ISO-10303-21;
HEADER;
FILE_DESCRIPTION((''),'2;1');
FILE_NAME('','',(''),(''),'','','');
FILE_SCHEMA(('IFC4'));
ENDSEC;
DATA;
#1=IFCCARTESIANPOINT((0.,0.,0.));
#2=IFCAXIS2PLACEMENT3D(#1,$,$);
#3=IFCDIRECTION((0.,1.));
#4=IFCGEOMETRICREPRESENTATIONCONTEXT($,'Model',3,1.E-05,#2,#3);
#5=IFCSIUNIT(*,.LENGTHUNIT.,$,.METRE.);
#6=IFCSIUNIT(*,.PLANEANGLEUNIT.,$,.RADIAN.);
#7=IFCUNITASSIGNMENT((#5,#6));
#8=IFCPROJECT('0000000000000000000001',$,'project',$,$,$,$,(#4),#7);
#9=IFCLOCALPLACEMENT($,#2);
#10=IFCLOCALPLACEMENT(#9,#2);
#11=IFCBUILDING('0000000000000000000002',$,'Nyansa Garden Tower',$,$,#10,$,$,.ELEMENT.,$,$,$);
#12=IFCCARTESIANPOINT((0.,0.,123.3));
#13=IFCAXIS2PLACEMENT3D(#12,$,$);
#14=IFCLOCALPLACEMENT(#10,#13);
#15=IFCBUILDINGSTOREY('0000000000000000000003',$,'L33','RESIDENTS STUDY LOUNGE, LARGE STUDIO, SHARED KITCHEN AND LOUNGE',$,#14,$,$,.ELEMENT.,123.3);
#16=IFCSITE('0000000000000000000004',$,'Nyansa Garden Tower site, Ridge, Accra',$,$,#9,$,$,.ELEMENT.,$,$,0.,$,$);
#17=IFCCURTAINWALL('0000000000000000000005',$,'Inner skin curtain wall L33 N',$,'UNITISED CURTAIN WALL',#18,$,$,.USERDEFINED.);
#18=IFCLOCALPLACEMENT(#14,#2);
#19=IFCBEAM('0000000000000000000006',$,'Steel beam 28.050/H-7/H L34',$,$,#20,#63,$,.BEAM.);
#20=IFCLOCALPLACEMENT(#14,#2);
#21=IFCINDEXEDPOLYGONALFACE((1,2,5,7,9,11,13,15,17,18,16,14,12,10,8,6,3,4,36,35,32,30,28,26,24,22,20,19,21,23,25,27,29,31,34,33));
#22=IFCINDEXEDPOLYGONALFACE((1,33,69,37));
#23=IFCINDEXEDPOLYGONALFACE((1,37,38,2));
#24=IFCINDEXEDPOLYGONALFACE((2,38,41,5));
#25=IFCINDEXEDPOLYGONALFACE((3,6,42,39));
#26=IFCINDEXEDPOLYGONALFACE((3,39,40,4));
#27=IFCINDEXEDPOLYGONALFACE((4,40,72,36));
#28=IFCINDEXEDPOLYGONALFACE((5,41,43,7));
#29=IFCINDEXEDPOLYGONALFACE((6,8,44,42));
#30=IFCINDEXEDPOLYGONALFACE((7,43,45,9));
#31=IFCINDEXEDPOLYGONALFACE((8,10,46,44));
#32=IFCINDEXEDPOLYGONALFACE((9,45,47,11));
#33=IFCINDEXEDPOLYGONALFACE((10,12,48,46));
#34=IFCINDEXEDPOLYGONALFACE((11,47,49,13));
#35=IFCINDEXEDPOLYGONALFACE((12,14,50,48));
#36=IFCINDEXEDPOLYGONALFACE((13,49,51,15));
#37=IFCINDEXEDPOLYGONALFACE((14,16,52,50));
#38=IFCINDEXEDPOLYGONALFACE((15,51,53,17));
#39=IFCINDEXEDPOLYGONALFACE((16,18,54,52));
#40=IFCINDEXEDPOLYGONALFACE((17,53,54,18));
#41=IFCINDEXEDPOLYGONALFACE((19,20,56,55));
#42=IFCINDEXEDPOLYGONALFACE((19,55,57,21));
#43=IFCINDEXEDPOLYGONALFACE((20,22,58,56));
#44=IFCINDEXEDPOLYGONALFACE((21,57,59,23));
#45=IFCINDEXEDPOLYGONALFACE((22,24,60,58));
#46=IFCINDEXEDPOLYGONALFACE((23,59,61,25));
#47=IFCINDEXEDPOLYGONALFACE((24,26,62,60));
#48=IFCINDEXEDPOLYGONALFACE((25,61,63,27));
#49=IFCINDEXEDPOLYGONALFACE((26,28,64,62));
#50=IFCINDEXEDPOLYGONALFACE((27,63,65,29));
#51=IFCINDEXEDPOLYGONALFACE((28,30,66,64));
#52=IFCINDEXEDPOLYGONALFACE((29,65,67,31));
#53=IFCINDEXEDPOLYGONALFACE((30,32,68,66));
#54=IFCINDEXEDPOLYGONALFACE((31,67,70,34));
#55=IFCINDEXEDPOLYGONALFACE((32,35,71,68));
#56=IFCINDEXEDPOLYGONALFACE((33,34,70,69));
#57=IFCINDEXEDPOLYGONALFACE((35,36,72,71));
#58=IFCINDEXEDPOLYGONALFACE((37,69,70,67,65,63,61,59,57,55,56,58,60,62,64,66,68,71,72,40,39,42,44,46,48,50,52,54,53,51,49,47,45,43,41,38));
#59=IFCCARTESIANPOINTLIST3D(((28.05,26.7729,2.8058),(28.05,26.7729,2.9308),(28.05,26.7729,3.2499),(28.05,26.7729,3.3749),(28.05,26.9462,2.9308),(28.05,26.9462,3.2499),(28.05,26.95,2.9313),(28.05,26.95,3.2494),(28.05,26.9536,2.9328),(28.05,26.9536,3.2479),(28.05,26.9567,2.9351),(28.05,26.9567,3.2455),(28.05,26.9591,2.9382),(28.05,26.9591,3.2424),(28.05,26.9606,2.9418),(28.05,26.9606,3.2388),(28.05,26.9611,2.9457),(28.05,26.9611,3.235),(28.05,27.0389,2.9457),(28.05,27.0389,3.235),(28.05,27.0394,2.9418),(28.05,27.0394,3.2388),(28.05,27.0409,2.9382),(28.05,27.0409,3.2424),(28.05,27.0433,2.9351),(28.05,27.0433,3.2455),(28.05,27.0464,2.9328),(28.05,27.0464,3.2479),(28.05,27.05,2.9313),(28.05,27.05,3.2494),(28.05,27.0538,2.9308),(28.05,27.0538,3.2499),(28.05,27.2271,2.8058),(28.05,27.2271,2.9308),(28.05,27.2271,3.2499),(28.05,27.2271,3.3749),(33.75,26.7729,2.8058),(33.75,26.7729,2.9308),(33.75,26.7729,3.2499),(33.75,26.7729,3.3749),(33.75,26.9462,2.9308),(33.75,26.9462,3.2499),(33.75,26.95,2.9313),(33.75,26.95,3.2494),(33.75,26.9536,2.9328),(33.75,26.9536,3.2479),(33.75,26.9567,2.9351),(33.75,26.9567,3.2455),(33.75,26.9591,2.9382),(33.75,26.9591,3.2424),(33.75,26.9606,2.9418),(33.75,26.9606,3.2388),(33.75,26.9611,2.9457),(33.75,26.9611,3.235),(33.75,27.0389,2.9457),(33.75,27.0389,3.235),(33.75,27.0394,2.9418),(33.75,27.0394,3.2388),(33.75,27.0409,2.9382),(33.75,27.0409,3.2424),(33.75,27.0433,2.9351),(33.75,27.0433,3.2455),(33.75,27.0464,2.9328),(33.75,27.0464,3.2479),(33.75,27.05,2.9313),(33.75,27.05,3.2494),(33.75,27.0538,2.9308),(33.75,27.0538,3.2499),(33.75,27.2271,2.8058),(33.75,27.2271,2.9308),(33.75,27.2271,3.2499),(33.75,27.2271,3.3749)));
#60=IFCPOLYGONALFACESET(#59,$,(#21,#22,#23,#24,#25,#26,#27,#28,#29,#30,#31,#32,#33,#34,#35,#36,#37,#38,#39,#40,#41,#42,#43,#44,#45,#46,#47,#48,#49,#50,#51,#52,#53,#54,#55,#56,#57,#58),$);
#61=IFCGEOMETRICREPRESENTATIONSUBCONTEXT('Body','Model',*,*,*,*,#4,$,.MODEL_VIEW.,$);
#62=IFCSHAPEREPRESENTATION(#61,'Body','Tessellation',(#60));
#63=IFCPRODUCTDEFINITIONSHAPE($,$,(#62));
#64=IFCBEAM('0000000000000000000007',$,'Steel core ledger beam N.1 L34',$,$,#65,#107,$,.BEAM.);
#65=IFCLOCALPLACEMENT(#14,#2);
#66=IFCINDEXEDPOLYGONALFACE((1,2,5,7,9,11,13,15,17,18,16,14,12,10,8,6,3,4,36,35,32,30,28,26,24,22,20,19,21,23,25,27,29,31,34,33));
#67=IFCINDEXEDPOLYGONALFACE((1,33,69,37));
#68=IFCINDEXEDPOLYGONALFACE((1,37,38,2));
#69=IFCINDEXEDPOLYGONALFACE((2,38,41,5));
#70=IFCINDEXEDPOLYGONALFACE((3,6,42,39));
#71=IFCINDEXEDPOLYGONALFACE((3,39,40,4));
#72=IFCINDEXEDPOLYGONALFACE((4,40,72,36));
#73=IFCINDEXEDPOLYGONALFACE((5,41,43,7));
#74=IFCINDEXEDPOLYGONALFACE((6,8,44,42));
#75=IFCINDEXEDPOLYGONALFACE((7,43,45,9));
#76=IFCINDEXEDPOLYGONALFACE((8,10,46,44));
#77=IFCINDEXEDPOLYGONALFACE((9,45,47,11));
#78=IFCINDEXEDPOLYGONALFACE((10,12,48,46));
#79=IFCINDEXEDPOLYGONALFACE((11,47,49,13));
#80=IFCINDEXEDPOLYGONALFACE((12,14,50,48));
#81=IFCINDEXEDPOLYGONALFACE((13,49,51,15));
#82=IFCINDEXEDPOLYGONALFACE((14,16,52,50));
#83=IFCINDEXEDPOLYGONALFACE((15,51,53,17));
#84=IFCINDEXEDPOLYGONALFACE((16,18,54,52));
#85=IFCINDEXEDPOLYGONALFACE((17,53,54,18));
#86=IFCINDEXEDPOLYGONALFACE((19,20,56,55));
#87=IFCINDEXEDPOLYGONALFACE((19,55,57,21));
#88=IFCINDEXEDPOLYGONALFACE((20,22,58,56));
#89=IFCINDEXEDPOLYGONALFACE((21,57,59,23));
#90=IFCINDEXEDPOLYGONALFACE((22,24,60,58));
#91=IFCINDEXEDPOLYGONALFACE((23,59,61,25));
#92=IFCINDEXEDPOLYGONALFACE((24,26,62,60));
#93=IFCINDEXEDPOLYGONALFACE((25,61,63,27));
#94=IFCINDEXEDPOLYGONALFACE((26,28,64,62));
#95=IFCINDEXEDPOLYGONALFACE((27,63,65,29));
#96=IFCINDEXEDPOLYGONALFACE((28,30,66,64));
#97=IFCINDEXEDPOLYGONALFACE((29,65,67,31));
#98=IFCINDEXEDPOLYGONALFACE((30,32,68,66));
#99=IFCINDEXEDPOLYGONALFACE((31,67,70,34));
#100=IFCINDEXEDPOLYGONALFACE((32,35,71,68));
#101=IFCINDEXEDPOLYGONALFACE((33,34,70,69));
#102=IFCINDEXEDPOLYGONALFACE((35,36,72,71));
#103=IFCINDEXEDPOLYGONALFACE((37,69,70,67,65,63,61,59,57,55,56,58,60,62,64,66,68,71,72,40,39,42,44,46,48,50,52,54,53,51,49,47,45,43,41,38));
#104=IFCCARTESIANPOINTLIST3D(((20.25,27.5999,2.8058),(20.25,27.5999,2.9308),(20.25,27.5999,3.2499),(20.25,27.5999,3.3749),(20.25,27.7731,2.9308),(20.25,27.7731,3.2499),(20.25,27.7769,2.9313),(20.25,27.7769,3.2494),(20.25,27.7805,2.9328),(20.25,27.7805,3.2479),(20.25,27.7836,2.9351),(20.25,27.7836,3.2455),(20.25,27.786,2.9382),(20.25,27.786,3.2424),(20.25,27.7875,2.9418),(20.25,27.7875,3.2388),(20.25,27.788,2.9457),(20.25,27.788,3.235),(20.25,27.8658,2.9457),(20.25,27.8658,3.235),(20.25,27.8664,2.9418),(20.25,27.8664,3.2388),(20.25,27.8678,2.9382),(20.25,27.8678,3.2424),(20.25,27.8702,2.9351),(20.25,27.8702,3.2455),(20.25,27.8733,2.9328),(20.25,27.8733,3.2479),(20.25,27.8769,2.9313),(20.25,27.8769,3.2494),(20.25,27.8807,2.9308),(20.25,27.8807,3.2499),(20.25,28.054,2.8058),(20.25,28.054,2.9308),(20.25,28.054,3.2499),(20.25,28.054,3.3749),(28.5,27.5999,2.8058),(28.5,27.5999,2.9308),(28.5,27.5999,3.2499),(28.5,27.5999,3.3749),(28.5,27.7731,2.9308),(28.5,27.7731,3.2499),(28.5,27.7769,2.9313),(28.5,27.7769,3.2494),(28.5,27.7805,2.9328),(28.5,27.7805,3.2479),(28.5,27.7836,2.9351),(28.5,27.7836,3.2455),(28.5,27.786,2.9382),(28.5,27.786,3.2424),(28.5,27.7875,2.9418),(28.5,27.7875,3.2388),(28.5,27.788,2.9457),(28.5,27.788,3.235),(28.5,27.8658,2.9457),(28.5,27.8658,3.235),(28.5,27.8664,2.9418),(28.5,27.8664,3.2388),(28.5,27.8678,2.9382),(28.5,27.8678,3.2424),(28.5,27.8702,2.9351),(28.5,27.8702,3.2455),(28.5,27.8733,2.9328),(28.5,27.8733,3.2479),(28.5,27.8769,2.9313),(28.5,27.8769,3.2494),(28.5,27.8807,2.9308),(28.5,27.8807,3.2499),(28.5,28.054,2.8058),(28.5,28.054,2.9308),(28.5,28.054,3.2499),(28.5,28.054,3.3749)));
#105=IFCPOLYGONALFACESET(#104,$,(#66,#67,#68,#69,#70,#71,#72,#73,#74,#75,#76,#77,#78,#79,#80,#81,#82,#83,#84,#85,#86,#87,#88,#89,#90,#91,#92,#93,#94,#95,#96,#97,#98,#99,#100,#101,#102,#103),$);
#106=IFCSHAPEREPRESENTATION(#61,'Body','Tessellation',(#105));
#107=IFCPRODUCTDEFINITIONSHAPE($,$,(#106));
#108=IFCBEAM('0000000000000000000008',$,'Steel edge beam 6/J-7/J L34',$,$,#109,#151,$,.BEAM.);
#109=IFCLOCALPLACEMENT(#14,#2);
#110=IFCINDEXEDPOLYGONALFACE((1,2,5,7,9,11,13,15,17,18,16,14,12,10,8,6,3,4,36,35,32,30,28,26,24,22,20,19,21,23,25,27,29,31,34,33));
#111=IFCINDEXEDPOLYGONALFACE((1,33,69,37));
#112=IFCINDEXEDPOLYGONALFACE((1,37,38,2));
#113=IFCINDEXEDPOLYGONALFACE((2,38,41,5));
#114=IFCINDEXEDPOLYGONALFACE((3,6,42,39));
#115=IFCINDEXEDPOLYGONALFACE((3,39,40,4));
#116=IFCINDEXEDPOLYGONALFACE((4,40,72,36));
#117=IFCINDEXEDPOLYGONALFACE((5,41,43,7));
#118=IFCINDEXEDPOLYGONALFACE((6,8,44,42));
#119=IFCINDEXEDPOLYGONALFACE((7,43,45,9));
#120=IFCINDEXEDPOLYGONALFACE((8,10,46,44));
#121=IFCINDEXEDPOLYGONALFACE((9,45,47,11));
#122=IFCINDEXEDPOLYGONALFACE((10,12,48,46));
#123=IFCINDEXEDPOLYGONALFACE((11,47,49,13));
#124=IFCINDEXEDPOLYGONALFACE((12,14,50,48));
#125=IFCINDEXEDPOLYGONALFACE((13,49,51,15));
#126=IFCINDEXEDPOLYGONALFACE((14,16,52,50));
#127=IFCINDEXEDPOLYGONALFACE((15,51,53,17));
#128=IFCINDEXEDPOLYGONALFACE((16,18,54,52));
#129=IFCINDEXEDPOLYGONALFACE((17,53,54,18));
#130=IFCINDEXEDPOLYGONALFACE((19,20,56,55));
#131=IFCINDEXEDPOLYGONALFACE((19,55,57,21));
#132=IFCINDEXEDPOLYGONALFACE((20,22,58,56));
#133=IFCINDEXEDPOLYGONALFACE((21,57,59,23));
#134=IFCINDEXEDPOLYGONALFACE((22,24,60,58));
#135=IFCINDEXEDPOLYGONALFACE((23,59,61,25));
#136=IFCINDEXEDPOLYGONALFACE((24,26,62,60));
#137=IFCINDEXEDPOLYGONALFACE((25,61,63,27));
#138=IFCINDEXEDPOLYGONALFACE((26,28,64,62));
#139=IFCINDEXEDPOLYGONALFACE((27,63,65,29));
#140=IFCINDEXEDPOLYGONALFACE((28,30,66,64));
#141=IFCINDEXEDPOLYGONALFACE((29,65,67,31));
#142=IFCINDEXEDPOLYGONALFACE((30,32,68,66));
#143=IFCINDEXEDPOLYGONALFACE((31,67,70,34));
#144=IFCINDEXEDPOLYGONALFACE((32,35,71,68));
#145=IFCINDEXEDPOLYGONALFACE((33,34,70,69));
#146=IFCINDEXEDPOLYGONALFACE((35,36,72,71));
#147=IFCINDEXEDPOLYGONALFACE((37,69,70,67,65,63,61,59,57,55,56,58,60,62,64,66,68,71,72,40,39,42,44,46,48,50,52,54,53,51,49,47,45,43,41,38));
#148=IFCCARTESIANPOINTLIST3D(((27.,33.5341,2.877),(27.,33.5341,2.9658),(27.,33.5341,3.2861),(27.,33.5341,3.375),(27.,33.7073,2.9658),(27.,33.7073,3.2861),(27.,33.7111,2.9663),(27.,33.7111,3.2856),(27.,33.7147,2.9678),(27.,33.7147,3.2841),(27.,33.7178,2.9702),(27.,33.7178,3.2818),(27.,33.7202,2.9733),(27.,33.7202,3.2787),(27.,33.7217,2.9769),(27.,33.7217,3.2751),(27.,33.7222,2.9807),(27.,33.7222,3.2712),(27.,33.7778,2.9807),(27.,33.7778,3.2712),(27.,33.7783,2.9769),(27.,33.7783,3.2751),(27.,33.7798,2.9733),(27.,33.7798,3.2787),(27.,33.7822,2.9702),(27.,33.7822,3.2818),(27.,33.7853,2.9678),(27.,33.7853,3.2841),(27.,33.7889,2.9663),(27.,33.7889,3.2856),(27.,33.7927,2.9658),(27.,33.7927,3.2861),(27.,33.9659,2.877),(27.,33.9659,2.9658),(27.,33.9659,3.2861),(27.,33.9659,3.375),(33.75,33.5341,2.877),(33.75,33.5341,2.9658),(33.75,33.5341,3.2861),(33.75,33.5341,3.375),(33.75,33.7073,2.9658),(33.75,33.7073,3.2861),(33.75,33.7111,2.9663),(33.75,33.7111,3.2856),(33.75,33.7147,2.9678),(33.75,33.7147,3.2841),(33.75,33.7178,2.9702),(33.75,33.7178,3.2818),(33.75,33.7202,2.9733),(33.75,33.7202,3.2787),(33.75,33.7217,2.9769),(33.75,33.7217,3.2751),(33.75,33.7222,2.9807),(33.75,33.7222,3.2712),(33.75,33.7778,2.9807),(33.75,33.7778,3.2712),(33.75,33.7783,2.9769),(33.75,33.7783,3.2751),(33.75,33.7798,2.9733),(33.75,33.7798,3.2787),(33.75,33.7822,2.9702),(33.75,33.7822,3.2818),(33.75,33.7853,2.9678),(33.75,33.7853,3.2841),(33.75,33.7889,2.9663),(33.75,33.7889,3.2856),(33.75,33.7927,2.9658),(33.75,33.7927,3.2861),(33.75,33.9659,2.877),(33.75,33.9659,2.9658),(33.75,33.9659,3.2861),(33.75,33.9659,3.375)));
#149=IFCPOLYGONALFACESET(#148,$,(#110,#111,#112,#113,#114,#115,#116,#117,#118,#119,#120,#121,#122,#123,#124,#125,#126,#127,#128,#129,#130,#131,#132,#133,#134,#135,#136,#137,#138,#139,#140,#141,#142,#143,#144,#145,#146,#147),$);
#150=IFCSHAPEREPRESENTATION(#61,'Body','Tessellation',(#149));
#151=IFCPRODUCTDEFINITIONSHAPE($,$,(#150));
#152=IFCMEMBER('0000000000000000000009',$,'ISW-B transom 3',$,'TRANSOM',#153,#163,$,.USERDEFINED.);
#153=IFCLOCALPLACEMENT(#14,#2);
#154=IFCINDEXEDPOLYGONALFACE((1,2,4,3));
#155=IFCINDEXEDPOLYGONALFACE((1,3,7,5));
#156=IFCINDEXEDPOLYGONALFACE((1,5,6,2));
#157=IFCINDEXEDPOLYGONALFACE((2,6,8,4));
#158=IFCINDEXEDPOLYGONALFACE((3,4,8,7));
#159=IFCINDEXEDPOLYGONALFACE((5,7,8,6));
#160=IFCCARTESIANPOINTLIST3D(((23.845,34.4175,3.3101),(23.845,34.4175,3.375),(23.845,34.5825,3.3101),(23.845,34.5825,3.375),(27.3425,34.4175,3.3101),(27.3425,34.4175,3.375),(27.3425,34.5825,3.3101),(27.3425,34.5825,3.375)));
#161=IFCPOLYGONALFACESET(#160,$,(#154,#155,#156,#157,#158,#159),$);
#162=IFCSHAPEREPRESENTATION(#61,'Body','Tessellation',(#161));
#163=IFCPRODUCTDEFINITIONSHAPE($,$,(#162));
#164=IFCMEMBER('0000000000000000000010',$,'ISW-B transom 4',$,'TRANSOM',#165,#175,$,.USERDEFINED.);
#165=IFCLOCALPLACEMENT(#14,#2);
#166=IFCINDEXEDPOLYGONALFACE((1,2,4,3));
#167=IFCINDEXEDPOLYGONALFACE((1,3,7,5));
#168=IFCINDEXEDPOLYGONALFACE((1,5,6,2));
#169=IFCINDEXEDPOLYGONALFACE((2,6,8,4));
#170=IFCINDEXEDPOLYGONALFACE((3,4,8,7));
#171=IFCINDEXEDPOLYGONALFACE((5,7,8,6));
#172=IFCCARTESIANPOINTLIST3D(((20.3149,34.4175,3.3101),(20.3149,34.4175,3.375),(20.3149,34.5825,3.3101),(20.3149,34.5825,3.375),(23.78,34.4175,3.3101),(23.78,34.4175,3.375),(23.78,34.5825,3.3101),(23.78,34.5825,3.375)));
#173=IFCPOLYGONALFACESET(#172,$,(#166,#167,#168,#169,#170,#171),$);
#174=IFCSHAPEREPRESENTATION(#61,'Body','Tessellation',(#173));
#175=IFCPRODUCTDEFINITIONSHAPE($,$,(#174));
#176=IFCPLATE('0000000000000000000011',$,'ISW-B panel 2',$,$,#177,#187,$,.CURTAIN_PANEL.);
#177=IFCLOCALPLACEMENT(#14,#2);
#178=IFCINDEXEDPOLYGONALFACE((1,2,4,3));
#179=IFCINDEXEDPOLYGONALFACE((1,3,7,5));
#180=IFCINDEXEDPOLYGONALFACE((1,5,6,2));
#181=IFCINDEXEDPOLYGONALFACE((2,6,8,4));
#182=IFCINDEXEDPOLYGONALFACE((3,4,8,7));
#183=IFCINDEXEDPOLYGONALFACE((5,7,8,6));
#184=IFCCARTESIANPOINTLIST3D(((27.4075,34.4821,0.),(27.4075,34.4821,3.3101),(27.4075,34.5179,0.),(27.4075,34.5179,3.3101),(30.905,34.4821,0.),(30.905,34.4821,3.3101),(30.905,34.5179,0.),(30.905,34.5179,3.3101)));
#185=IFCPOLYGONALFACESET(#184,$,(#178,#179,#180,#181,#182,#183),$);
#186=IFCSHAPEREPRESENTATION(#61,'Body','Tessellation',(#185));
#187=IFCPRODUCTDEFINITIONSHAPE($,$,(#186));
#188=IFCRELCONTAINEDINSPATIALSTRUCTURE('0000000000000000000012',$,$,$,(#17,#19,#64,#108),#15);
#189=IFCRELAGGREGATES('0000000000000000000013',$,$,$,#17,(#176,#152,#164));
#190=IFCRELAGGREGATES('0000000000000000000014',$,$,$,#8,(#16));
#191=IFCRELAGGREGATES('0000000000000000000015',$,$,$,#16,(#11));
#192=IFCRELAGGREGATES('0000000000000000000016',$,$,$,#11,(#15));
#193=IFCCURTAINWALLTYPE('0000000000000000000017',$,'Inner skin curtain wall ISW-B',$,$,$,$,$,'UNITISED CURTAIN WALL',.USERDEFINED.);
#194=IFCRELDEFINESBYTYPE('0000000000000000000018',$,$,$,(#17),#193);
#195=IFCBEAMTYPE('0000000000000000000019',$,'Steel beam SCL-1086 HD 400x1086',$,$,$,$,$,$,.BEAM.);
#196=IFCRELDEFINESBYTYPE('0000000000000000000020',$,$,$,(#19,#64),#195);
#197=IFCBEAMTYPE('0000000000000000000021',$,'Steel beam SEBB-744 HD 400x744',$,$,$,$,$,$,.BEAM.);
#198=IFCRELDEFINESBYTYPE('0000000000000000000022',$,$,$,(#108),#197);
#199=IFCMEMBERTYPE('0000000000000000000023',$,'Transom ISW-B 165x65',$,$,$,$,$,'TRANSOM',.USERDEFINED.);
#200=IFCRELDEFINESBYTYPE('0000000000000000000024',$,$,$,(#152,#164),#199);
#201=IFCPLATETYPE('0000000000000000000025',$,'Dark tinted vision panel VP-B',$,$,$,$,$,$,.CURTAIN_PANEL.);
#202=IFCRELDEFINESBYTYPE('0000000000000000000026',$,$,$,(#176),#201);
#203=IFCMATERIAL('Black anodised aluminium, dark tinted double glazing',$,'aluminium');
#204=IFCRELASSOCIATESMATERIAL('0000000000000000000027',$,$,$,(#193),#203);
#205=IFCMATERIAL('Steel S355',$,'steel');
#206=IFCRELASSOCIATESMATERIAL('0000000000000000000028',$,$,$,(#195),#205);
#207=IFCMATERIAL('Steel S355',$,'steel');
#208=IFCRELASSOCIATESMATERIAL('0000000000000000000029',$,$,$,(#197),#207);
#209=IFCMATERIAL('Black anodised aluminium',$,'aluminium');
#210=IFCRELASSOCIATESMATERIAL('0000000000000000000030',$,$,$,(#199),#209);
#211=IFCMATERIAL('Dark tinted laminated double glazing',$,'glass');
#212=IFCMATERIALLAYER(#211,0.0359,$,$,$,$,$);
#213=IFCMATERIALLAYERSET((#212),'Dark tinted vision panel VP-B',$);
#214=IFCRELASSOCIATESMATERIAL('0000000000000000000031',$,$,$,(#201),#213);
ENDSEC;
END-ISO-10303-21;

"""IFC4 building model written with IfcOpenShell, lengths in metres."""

from ifc_helpers import new_model, si_unit, direction, frame, origin, origin_2d, place, context, subcontext, project, spatial, rectangle, i_section, extrude, material, layer, layer_set, material_profile, profile_set, type_object, element, aggregate, save


model = new_model("IFC4")

# Units and contexts
model_context = context("Model", 3, precision=1e-05, world=origin(), true_north=direction((0.0, 1.0)))
body_context = subcontext(model_context, "Body", "Model", "MODEL_VIEW")
ifc_project = project(units=[si_unit("LENGTHUNIT", "METRE"), si_unit("PLANEANGLEUNIT", "RADIAN")], contexts=[model_context])

# Site, building, storey
site_placement = place(None, origin())
site = spatial("IfcSite", under=ifc_project, at=site_placement, Name="Nyansa Garden Tower site, Ridge, Accra", CompositionType="ELEMENT", RefElevation=0.0)
building_placement = place(site_placement, origin())
building = spatial("IfcBuilding", under=site, at=building_placement, Name="Nyansa Garden Tower", CompositionType="ELEMENT")
storey_placement = place(building_placement, frame((0.0, 0.0, 123.3)))
storey = spatial("IfcBuildingStorey", under=building, at=storey_placement, Name="L33", Description="RESIDENTS STUDY LOUNGE, LARGE STUDIO, SHARED KITCHEN AND LOUNGE", CompositionType="ELEMENT", Elevation=123.3)

# Curtain wall
ifc_material_1 = material(Name="Black anodised aluminium, dark tinted double glazing", Category="aluminium")
curtain_wall_type = type_object("IfcCurtainWallType", Name="Inner skin curtain wall ISW-B", ElementType="UNITISED CURTAIN WALL", PredefinedType="USERDEFINED", material=ifc_material_1)
curtain_wall_placement = place(storey_placement, origin())
curtain_wall = element("IfcCurtainWall", 1, at=curtain_wall_placement, inside=storey, type_object=curtain_wall_type, Name="Inner skin curtain wall L33 N", ObjectType="UNITISED CURTAIN WALL", PredefinedType="USERDEFINED")

# Beams
ifc_material_2 = material(Name="Steel S355", Category="steel")
ifc_material_profile_1 = material_profile(ifc_material_2, i_section(OverallWidth=0.4541, OverallDepth=0.5691, WebThickness=0.0779, FlangeThickness=0.125, FilletRadius=0.0149, at=origin_2d()), Name="HD 400x1086")
ifc_profile_set_1 = profile_set([ifc_material_profile_1], Name="Steel S355")
beam_type_1 = type_object("IfcBeamType", Name="Steel beam SCL-1086 HD 400x1086", PredefinedType="BEAM", material=ifc_profile_set_1)
for number, where, z_axis, x_axis, name in (
    (2, (28.05, 27.0, 3.0903), (1.0, 0.0, 0.0), (0.0, 1.0, 0.0), "Steel beam 28.050/H-7/H L34"),
):
    element("IfcBeam", number, at=place(storey_placement, frame(where, z_axis=z_axis, x_axis=x_axis)), inside=storey, type_object=beam_type_1, Name=name, PredefinedType="BEAM", context=body_context, shape_type="SweptSolid", body=[
        extrude(i_section(OverallWidth=0.4541, OverallDepth=0.5691, WebThickness=0.0779, FlangeThickness=0.125, FilletRadius=0.0149, at=origin_2d()), origin(), (0.0, 0.0, 1.0), 5.7),
    ])
beam_1_placement = place(storey_placement, frame((28.5, 27.8269, 3.0903), z_axis=(-1.0, 0.0, 0.0), x_axis=(0.0, -1.0, 0.0)))
element("IfcBeam", 3, at=beam_1_placement, inside=storey, type_object=beam_type_1, Name="Steel core ledger beam N.1 L34", PredefinedType="BEAM", context=body_context, shape_type="SweptSolid", body=[
    extrude(i_section(OverallWidth=0.4541, OverallDepth=0.5691, WebThickness=0.0779, FlangeThickness=0.125, FilletRadius=0.0149, at=origin_2d()), origin(), (0.0, 0.0, 1.0), 8.25),
])
ifc_material_3 = material(Name="Steel S355", Category="steel")
ifc_material_profile_2 = material_profile(ifc_material_3, i_section(OverallWidth=0.4319, OverallDepth=0.498, WebThickness=0.0557, FlangeThickness=0.0889, FilletRadius=0.0149, at=origin_2d()), Name="HD 400x744")
ifc_profile_set_2 = profile_set([ifc_material_profile_2], Name="Steel S355")
beam_type_2 = type_object("IfcBeamType", Name="Steel beam SEBB-744 HD 400x744", PredefinedType="BEAM", material=ifc_profile_set_2)
beam_2_placement = place(storey_placement, frame((27.0, 33.75, 3.126), z_axis=(1.0, 0.0, 0.0), x_axis=(0.0, 1.0, 0.0)))
element("IfcBeam", 4, at=beam_2_placement, inside=storey, type_object=beam_type_2, Name="Steel edge beam 6/J-7/J L34", PredefinedType="BEAM", context=body_context, shape_type="SweptSolid", body=[
    extrude(i_section(OverallWidth=0.4319, OverallDepth=0.498, WebThickness=0.0557, FlangeThickness=0.0889, FilletRadius=0.0149, at=origin_2d()), origin(), (0.0, 0.0, 1.0), 6.75),
])

# Members
ifc_material_4 = material(Name="Black anodised aluminium", Category="aluminium")
ifc_material_profile_3 = material_profile(ifc_material_4, rectangle(XDim=0.165, YDim=0.0649, at=origin_2d()), Name="Transom 165x65")
ifc_profile_set_3 = profile_set([ifc_material_profile_3], Name="Black anodised aluminium")
member_type_1 = type_object("IfcMemberType", Name="Transom ISW-B 165x65", ElementType="TRANSOM", PredefinedType="USERDEFINED", material=ifc_profile_set_3)
member_1_placement = place(storey_placement, frame((27.3425, 34.5, 3.3425), z_axis=(-1.0, 0.0, 0.0), x_axis=(0.0, -1.0, 0.0)))
member_1 = element("IfcMember", 5, at=member_1_placement, type_object=member_type_1, Name="ISW-B transom 3", ObjectType="TRANSOM", PredefinedType="USERDEFINED", context=body_context, shape_type="SweptSolid", body=[
    extrude(rectangle(XDim=0.165, YDim=0.0649, at=origin_2d()), origin(), (0.0, 0.0, 1.0), 3.4976),
])
member_2_placement = place(storey_placement, frame((23.78, 34.5, 3.3425), z_axis=(-1.0, 0.0, 0.0), x_axis=(0.0, -1.0, 0.0)))
member_2 = element("IfcMember", 6, at=member_2_placement, type_object=member_type_1, Name="ISW-B transom 4", ObjectType="TRANSOM", PredefinedType="USERDEFINED", context=body_context, shape_type="SweptSolid", body=[
    extrude(rectangle(XDim=0.165, YDim=0.0649, at=origin_2d()), origin(), (0.0, 0.0, 1.0), 3.4651),
])

# Plate
ifc_material_5 = material(Name="Dark tinted laminated double glazing", Category="glass")
ifc_layer_1 = layer(ifc_material_5, 0.0359)
ifc_layer_set_1 = layer_set([ifc_layer_1], Name="Dark tinted vision panel VP-B")
plate_type_1 = type_object("IfcPlateType", Name="Dark tinted vision panel VP-B", PredefinedType="CURTAIN_PANEL", material=ifc_layer_set_1)
plate_1_placement = place(storey_placement, frame((29.1562, 34.5, 0.0), z_axis=(0.0, 0.0, 1.0), x_axis=(-1.0, 0.0, 0.0)))
plate_1 = element("IfcPlate", 7, at=plate_1_placement, type_object=plate_type_1, Name="ISW-B panel 2", PredefinedType="CURTAIN_PANEL", context=body_context, shape_type="SweptSolid", body=[
    extrude(rectangle(XDim=3.4976, YDim=0.0359, at=origin_2d()), origin(), (0.0, 0.0, 1.0), 3.3101),
])
aggregate(curtain_wall, [plate_1, member_1, member_2])

save(model, "model.ifc")
